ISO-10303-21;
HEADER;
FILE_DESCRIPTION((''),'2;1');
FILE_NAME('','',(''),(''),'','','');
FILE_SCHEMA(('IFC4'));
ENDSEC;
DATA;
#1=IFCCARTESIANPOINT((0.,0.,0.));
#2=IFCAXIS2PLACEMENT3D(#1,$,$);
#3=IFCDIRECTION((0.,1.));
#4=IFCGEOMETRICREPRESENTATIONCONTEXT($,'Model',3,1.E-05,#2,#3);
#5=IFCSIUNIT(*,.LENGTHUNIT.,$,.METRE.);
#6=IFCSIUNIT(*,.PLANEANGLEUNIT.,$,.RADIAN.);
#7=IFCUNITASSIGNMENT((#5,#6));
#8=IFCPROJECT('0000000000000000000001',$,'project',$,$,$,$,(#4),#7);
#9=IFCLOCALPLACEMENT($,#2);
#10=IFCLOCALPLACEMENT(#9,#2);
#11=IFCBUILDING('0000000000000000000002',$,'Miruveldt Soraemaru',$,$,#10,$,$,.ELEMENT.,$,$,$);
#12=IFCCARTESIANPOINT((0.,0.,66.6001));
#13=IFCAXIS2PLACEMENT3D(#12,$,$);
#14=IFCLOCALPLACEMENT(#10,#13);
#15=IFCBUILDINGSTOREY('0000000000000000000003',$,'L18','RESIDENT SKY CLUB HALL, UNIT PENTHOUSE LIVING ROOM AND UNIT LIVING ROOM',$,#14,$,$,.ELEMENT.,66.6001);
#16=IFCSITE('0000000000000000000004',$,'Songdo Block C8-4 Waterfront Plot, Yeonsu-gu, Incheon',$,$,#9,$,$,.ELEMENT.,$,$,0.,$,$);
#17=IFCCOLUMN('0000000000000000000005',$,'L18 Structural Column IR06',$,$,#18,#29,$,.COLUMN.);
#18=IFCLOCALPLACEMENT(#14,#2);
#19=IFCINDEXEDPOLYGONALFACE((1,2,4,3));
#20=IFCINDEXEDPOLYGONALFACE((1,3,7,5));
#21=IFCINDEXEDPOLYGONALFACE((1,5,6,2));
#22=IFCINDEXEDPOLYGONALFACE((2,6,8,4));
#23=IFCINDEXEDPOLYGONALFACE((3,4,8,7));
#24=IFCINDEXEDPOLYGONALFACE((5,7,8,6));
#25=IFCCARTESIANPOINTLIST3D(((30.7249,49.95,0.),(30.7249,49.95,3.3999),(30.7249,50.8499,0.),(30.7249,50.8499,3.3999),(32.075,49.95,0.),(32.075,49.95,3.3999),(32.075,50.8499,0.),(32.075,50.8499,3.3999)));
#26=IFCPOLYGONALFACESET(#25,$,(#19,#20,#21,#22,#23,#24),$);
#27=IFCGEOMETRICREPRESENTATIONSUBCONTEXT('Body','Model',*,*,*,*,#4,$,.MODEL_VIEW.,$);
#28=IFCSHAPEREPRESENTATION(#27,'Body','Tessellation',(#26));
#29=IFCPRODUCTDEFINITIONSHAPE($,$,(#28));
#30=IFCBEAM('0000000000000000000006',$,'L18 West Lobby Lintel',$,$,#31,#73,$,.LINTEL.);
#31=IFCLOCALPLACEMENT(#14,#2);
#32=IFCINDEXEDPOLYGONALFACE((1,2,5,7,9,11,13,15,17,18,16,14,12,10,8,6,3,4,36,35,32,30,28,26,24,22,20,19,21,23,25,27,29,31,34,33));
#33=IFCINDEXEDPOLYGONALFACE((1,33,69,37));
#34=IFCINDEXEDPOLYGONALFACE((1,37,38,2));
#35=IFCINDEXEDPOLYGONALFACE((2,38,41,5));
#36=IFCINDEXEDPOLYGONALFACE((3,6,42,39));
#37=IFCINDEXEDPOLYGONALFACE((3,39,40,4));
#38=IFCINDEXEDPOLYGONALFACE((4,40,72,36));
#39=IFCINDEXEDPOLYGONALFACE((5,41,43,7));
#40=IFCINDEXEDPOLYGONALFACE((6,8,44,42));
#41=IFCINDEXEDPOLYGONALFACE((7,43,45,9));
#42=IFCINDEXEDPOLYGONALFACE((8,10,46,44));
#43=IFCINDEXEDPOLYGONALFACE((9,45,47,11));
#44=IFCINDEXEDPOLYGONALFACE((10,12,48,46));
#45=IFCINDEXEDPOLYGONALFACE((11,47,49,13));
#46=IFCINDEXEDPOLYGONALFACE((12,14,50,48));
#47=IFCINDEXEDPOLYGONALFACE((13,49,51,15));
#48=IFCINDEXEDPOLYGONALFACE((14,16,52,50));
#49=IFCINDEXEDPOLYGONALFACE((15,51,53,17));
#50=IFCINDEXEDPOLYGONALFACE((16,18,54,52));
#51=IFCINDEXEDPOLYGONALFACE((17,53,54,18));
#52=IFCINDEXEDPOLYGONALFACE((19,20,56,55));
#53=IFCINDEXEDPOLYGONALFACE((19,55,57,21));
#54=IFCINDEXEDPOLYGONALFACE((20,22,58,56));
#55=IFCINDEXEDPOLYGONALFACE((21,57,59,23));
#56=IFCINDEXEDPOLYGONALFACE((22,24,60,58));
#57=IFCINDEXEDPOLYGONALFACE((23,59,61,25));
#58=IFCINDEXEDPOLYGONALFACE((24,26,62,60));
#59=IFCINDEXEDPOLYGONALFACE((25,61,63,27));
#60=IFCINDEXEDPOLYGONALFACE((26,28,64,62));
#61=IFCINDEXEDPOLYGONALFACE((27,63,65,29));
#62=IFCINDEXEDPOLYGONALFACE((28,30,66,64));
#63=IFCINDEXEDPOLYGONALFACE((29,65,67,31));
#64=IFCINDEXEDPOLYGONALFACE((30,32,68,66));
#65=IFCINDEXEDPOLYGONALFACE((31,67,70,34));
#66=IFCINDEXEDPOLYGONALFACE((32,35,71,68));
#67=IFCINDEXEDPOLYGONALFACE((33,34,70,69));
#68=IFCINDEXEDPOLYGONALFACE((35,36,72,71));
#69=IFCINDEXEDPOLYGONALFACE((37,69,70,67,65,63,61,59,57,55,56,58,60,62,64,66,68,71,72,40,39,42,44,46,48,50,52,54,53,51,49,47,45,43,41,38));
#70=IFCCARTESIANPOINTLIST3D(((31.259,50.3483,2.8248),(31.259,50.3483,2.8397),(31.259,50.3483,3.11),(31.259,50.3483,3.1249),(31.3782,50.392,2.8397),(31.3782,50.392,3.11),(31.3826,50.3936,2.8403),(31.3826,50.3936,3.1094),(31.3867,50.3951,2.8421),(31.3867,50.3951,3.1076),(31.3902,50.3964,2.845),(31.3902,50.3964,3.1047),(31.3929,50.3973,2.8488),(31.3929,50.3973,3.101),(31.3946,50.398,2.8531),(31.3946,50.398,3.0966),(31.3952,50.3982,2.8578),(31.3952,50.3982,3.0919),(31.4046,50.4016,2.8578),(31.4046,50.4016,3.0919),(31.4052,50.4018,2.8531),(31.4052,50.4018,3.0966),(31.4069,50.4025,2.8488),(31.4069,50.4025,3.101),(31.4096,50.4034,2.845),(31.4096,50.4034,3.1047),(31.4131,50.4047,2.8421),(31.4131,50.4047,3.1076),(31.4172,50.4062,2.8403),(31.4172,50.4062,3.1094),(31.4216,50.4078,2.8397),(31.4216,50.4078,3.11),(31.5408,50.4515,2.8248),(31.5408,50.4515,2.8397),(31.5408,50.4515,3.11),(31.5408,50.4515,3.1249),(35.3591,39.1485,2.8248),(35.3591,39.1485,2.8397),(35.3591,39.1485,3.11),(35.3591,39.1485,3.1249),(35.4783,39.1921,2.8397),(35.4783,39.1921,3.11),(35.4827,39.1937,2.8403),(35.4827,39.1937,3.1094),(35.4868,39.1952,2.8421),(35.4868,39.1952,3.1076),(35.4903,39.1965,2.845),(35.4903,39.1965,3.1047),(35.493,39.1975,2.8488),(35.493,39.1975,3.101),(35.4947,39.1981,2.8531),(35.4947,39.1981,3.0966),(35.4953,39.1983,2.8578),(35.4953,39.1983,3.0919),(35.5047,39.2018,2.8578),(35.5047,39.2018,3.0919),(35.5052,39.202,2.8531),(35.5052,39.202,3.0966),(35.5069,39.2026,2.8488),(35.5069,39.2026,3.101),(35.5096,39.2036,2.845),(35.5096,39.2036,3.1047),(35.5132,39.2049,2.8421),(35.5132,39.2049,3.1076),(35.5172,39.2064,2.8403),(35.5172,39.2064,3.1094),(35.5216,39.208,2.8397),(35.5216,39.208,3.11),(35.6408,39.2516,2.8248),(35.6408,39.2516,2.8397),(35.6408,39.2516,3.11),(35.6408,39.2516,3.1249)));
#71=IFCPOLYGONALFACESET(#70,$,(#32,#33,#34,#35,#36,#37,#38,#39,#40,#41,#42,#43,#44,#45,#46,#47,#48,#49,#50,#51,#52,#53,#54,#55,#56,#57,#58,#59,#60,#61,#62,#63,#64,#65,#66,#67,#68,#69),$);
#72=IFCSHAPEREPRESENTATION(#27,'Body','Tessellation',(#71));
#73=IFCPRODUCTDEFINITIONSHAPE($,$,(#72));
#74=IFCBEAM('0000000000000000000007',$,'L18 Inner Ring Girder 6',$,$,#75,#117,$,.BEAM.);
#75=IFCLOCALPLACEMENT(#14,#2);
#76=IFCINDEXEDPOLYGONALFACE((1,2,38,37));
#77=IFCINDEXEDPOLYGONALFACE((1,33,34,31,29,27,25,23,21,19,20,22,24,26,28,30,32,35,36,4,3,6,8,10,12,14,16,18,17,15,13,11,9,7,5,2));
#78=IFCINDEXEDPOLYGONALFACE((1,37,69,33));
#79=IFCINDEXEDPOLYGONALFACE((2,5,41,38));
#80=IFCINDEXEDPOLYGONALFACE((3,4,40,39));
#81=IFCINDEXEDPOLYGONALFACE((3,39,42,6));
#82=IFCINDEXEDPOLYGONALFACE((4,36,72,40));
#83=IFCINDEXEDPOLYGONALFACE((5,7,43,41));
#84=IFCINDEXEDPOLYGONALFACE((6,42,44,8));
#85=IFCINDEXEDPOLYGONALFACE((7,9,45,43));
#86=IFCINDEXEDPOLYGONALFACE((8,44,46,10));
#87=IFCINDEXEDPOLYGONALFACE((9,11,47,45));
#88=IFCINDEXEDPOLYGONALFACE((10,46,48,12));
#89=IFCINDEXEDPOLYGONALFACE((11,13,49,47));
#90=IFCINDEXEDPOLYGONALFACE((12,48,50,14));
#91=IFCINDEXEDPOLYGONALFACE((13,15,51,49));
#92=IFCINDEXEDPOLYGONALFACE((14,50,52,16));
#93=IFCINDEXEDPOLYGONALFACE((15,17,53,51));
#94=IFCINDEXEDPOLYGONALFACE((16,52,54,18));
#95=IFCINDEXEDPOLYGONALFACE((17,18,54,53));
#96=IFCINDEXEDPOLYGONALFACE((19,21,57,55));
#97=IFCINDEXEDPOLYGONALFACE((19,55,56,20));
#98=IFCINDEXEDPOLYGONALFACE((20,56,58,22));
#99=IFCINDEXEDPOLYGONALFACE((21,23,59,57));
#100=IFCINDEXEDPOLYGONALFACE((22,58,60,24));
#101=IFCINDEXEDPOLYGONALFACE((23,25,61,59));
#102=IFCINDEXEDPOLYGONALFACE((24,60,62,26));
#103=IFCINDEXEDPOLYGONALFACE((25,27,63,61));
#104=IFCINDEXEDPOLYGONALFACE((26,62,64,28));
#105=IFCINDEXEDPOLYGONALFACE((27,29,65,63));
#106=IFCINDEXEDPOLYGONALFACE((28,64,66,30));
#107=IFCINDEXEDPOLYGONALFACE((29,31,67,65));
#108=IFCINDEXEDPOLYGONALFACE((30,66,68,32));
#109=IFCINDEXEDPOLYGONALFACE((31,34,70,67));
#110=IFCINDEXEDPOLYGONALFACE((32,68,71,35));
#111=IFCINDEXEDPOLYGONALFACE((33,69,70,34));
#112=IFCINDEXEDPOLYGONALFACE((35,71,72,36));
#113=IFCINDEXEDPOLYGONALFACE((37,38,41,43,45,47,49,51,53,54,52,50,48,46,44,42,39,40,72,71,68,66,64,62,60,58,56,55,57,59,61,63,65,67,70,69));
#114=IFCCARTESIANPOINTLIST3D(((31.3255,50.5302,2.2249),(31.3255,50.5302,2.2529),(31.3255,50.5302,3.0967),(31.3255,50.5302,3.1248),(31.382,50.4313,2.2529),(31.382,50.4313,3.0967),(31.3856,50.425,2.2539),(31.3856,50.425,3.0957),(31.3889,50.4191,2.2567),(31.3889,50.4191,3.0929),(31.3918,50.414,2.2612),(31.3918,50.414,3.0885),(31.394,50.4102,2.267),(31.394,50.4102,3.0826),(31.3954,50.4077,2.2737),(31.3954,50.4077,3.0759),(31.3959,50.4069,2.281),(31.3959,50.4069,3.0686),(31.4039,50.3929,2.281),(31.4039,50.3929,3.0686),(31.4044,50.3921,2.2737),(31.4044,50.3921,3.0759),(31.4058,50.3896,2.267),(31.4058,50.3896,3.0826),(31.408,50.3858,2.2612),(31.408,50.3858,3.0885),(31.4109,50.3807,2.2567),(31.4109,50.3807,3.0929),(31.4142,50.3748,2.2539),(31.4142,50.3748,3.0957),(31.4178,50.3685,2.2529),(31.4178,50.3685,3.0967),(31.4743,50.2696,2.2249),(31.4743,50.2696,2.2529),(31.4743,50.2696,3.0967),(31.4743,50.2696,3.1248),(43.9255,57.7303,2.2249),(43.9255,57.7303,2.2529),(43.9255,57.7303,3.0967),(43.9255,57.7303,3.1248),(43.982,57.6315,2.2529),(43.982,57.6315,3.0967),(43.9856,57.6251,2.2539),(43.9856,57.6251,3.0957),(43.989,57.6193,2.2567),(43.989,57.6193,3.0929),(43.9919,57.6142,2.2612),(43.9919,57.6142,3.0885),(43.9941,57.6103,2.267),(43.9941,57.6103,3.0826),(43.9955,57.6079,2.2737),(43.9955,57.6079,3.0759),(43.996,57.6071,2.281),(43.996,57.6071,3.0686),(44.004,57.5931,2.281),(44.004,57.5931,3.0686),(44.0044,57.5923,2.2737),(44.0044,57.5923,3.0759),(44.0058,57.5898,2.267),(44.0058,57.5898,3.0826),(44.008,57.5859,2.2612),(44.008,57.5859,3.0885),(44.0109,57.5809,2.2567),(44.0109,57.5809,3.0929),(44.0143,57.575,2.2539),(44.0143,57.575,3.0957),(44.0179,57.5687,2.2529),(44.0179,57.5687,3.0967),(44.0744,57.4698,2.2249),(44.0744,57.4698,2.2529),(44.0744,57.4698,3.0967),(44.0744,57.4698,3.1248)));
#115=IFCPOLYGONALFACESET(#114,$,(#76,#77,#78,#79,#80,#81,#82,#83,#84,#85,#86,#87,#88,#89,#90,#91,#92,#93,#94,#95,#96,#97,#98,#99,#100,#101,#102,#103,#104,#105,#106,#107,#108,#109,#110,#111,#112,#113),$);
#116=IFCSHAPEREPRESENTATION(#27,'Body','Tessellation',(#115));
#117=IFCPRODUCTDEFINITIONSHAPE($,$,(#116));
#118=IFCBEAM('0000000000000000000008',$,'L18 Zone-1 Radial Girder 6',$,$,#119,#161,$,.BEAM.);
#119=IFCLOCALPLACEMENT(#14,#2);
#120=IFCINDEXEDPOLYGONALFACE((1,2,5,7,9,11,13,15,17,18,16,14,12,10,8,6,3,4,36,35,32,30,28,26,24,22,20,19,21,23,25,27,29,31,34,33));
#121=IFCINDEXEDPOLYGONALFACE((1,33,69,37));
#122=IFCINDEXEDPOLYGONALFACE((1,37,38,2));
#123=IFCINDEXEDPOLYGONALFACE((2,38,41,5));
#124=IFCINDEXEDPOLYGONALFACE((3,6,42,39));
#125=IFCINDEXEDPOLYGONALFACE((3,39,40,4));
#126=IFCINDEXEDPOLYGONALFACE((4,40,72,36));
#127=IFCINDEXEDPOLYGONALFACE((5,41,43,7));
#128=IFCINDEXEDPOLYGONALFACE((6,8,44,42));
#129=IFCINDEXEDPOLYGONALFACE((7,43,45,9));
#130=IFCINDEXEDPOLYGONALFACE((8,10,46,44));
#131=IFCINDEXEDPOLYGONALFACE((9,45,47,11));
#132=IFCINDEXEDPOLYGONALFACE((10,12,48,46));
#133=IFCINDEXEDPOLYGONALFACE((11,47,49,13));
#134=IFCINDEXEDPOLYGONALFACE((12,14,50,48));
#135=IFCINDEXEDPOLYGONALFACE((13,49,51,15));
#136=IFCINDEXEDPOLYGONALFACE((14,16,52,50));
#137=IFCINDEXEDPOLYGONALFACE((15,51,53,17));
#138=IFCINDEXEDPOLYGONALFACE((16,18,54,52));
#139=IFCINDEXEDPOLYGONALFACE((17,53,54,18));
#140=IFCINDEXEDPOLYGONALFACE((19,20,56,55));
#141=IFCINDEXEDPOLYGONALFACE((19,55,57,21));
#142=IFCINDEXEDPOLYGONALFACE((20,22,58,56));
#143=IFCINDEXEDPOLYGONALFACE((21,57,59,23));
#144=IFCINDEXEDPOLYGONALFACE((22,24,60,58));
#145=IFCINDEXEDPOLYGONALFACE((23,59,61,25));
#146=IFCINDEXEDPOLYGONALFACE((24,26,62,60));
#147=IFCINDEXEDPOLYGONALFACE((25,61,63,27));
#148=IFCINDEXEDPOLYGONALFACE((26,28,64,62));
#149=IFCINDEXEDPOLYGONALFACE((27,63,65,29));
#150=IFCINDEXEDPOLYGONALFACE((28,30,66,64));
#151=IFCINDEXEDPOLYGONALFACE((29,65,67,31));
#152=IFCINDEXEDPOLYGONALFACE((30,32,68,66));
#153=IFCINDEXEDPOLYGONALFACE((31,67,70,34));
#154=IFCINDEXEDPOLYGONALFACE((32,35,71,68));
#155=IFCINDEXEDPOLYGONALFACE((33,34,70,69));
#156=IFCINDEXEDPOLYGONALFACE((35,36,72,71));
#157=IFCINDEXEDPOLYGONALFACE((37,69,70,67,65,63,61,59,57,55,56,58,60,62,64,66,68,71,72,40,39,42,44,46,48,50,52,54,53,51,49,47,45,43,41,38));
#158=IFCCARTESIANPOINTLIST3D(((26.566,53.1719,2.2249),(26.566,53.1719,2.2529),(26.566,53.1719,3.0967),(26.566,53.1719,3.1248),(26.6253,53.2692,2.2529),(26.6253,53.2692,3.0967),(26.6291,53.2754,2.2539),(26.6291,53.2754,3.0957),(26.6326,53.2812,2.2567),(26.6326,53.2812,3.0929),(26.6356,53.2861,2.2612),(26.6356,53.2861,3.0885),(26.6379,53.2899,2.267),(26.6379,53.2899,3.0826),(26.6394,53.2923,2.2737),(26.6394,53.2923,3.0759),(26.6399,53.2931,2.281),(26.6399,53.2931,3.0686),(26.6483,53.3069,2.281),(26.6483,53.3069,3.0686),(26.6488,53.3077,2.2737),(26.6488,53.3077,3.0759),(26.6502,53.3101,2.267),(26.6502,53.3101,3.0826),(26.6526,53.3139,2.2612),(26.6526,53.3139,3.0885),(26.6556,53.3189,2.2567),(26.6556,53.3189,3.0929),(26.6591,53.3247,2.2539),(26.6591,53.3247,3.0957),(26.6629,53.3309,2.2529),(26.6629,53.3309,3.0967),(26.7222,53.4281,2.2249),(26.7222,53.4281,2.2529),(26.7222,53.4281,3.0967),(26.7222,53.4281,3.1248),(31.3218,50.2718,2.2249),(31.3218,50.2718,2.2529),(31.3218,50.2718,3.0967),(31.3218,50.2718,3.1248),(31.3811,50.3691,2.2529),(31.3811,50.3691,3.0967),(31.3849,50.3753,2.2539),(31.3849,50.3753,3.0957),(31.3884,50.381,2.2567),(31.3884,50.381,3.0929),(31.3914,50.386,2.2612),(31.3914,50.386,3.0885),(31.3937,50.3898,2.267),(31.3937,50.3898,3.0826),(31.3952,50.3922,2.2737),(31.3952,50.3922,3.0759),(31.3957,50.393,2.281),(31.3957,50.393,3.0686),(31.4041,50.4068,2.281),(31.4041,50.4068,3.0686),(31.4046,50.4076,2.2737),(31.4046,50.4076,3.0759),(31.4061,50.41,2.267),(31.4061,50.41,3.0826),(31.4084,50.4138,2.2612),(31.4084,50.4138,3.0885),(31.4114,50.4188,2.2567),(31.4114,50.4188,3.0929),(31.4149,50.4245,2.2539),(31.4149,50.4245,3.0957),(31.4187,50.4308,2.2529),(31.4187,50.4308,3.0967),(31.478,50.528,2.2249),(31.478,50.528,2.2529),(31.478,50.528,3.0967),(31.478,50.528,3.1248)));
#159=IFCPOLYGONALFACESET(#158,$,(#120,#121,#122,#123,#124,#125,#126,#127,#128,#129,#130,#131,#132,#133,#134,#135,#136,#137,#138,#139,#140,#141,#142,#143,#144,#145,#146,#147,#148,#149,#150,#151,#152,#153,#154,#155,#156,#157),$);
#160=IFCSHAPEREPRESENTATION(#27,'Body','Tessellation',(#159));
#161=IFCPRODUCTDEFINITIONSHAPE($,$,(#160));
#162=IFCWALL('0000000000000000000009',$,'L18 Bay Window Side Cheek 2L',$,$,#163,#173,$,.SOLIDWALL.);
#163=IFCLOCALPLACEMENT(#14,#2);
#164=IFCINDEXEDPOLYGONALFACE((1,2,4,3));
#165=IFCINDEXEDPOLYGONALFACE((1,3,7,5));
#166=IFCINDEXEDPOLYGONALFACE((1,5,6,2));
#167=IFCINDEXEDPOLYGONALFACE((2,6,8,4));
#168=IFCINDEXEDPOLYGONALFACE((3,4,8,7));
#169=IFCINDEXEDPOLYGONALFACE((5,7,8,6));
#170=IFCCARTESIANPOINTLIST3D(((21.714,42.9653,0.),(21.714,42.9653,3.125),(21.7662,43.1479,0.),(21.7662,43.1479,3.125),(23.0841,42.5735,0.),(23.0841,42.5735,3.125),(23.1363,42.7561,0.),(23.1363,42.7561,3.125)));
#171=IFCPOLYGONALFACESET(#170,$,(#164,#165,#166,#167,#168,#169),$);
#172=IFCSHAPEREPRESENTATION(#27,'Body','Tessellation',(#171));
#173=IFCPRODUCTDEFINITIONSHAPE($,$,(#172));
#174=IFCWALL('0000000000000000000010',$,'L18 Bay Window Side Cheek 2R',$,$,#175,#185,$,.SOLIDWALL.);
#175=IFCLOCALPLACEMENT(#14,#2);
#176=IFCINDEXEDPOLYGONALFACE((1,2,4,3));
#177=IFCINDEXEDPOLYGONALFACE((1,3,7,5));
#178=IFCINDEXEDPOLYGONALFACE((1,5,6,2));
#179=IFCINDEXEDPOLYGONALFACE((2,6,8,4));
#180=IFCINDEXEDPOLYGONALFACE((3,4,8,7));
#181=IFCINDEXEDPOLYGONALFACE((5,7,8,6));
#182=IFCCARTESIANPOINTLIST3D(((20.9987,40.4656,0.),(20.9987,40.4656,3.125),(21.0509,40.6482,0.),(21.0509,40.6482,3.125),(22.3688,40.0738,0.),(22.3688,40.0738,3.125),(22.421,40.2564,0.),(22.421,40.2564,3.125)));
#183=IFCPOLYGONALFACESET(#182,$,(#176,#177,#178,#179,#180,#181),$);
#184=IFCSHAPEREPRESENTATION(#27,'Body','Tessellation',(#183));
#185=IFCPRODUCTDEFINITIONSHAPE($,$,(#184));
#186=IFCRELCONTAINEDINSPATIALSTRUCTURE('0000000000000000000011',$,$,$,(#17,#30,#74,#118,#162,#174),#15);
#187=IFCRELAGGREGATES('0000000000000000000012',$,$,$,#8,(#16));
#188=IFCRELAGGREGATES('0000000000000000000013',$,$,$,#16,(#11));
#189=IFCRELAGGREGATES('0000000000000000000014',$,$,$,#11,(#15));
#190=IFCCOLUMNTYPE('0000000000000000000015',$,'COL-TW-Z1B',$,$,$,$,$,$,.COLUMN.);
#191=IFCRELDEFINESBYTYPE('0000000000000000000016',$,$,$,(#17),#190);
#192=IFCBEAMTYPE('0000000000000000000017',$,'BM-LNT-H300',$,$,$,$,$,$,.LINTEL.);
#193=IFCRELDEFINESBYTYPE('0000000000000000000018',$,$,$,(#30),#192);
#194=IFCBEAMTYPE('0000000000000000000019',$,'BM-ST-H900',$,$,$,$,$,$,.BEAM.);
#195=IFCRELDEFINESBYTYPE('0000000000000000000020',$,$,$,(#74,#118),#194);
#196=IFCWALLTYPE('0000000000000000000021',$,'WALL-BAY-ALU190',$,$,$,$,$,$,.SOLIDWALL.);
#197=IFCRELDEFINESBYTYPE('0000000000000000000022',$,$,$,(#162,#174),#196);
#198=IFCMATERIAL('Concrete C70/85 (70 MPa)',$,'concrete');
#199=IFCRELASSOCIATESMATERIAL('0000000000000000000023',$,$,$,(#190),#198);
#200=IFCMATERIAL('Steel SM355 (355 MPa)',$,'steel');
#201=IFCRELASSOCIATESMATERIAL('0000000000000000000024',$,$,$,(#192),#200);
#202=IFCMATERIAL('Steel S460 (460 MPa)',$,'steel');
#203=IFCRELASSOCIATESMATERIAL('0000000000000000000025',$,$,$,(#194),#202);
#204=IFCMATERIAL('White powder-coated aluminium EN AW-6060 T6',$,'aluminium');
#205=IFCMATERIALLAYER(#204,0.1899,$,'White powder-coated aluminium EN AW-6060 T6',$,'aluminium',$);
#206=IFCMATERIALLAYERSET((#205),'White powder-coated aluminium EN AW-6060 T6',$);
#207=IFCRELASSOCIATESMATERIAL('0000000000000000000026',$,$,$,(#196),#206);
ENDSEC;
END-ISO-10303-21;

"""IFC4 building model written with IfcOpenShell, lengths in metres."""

from ifc_helpers import new_model, si_unit, direction, frame, frame_2d, origin, origin_2d, place, context, subcontext, project, spatial, rectangle, i_section, extrude, material, layer, layer_set, material_profile, profile_set, type_object, element, save


model = new_model("IFC4")

# Units and contexts
model_context = context("Model", 3, precision=1e-05, world=origin(), true_north=direction((0.0, 1.0)))
body_context = subcontext(model_context, "Body", "Model", "MODEL_VIEW")
ifc_project = project(units=[si_unit("LENGTHUNIT", "METRE"), si_unit("PLANEANGLEUNIT", "RADIAN")], contexts=[model_context])

# Site, building, storey
site_placement = place(None, origin())
site = spatial("IfcSite", under=ifc_project, at=site_placement, Name="Songdo Block C8-4 Waterfront Plot, Yeonsu-gu, Incheon", CompositionType="ELEMENT", RefElevation=0.0)
building_placement = place(site_placement, origin())
building = spatial("IfcBuilding", under=site, at=building_placement, Name="Miruveldt Soraemaru", CompositionType="ELEMENT")
storey_placement = place(building_placement, frame((0.0, 0.0, 66.6001)))
storey = spatial("IfcBuildingStorey", under=building, at=storey_placement, Name="L18", Description="RESIDENT SKY CLUB HALL, UNIT PENTHOUSE LIVING ROOM AND UNIT LIVING ROOM", CompositionType="ELEMENT", Elevation=66.6001)

# Column
ifc_material_1 = material(Name="Concrete C70/85 (70 MPa)", Category="concrete")
ifc_material_profile_1 = material_profile(ifc_material_1, rectangle(XDim=1.3501, YDim=0.8999, at=origin_2d()), Name="Concrete C70/85 (70 MPa)", Category="concrete")
ifc_profile_set_1 = profile_set([ifc_material_profile_1], Name="Concrete C70/85 (70 MPa)")
column_type = type_object("IfcColumnType", Name="COL-TW-Z1B", PredefinedType="COLUMN", material=ifc_profile_set_1)
column_placement = place(storey_placement, frame((31.3999, 50.3999, 0.0), z_axis=(0.0, 0.0, 1.0), x_axis=(1.0, 0.0, 0.0)))
element("IfcColumn", 1, at=column_placement, inside=storey, type_object=column_type, Name="L18 Structural Column IR06", PredefinedType="COLUMN", context=body_context, shape_type="SweptSolid", body=[
    extrude(rectangle(XDim=1.3501, YDim=0.8999, at=origin_2d()), origin(), (0.0, 0.0, 1.0), 3.3999),
])

# Beams
ifc_material_2 = material(Name="Steel SM355 (355 MPa)", Category="steel")
ifc_material_profile_2 = material_profile(ifc_material_2, i_section(OverallWidth=0.3, OverallDepth=0.3, WebThickness=0.01, FlangeThickness=0.0149, FilletRadius=0.0181, at=origin_2d()), Name="Steel SM355 (355 MPa)", Category="steel")
ifc_profile_set_2 = profile_set([ifc_material_profile_2], Name="Steel SM355 (355 MPa)")
beam_type_1 = type_object("IfcBeamType", Name="BM-LNT-H300", PredefinedType="LINTEL", material=ifc_profile_set_2)
beam_1_placement = place(storey_placement, frame((31.3999, 50.3999, 2.9749), z_axis=(0.34377, -0.939054, 0.0), x_axis=(0.939054, 0.34377, 0.0)))
element("IfcBeam", 2, at=beam_1_placement, inside=storey, type_object=beam_type_1, Name="L18 West Lobby Lintel", PredefinedType="LINTEL", context=body_context, shape_type="SweptSolid", body=[
    extrude(i_section(OverallWidth=0.3, OverallDepth=0.3, WebThickness=0.01, FlangeThickness=0.0149, FilletRadius=0.0181, at=origin_2d()), origin(), (0.0, 0.0, 1.0), 11.9268),
])
ifc_material_3 = material(Name="Steel S460 (460 MPa)", Category="steel")
ifc_material_profile_3 = material_profile(ifc_material_3, i_section(OverallWidth=0.3, OverallDepth=0.8999, WebThickness=0.0161, FlangeThickness=0.0281, FilletRadius=0.0281, at=origin_2d()), Name="Steel S460 (460 MPa)", Category="steel")
ifc_profile_set_3 = profile_set([ifc_material_profile_3], Name="Steel S460 (460 MPa)")
beam_type_2 = type_object("IfcBeamType", Name="BM-ST-H900", PredefinedType="BEAM", material=ifc_profile_set_3)
beam_2_placement = place(storey_placement, frame((31.3999, 50.3999, 2.6748), z_axis=(0.868239, 0.496146, 0.0), x_axis=(-0.496146, 0.868239, 0.0)))
element("IfcBeam", 3, at=beam_2_placement, inside=storey, type_object=beam_type_2, Name="L18 Inner Ring Girder 6", PredefinedType="BEAM", context=body_context, shape_type="SweptSolid", body=[
    extrude(i_section(OverallWidth=0.3, OverallDepth=0.8999, WebThickness=0.0161, FlangeThickness=0.0281, FilletRadius=0.0281, at=origin_2d()), origin(), (0.0, 0.0, 1.0), 14.5122),
])
beam_3_placement = place(storey_placement, frame((31.3999, 50.3999, 2.6748), z_axis=(-0.853778, 0.520638, 0.0), x_axis=(-0.520638, -0.853778, 0.0)))
element("IfcBeam", 4, at=beam_3_placement, inside=storey, type_object=beam_type_2, Name="L18 Zone-1 Radial Girder 6", PredefinedType="BEAM", context=body_context, shape_type="SweptSolid", body=[
    extrude(i_section(OverallWidth=0.3, OverallDepth=0.8999, WebThickness=0.0161, FlangeThickness=0.0281, FilletRadius=0.0281, at=origin_2d()), origin(), (0.0, 0.0, 1.0), 5.5703),
])

# Walls
ifc_material_4 = material(Name="White powder-coated aluminium EN AW-6060 T6", Category="aluminium")
ifc_layer_1 = layer(ifc_material_4, 0.1899, Name="White powder-coated aluminium EN AW-6060 T6", Category="aluminium")
ifc_layer_set_1 = layer_set([ifc_layer_1], Name="White powder-coated aluminium EN AW-6060 T6")
wall_type_1 = type_object("IfcWallType", Name="WALL-BAY-ALU190", PredefinedType="SOLIDWALL", material=ifc_layer_set_1)
for number, where, z_axis, x_axis, name in (
    (5, (23.1101, 42.6648, 0.0), (0.0, 0.0, 1.0), (-0.961453, 0.27497, 0.0), "L18 Bay Window Side Cheek 2L"),
    (6, (21.0249, 40.5569, 0.0), (0.0, 0.0, 1.0), (0.961453, -0.27497, 0.0), "L18 Bay Window Side Cheek 2R"),
):
    element("IfcWall", number, at=place(storey_placement, frame(where, z_axis=z_axis, x_axis=x_axis)), inside=storey, type_object=wall_type_1, Name=name, PredefinedType="SOLIDWALL", context=body_context, shape_type="SweptSolid", body=[
        extrude(rectangle(XDim=1.425, YDim=0.1899, at=frame_2d((0.7124, 0.0))), origin(), (0.0, 0.0, 1.0), 3.125),
    ])

save(model, "model.ifc")
